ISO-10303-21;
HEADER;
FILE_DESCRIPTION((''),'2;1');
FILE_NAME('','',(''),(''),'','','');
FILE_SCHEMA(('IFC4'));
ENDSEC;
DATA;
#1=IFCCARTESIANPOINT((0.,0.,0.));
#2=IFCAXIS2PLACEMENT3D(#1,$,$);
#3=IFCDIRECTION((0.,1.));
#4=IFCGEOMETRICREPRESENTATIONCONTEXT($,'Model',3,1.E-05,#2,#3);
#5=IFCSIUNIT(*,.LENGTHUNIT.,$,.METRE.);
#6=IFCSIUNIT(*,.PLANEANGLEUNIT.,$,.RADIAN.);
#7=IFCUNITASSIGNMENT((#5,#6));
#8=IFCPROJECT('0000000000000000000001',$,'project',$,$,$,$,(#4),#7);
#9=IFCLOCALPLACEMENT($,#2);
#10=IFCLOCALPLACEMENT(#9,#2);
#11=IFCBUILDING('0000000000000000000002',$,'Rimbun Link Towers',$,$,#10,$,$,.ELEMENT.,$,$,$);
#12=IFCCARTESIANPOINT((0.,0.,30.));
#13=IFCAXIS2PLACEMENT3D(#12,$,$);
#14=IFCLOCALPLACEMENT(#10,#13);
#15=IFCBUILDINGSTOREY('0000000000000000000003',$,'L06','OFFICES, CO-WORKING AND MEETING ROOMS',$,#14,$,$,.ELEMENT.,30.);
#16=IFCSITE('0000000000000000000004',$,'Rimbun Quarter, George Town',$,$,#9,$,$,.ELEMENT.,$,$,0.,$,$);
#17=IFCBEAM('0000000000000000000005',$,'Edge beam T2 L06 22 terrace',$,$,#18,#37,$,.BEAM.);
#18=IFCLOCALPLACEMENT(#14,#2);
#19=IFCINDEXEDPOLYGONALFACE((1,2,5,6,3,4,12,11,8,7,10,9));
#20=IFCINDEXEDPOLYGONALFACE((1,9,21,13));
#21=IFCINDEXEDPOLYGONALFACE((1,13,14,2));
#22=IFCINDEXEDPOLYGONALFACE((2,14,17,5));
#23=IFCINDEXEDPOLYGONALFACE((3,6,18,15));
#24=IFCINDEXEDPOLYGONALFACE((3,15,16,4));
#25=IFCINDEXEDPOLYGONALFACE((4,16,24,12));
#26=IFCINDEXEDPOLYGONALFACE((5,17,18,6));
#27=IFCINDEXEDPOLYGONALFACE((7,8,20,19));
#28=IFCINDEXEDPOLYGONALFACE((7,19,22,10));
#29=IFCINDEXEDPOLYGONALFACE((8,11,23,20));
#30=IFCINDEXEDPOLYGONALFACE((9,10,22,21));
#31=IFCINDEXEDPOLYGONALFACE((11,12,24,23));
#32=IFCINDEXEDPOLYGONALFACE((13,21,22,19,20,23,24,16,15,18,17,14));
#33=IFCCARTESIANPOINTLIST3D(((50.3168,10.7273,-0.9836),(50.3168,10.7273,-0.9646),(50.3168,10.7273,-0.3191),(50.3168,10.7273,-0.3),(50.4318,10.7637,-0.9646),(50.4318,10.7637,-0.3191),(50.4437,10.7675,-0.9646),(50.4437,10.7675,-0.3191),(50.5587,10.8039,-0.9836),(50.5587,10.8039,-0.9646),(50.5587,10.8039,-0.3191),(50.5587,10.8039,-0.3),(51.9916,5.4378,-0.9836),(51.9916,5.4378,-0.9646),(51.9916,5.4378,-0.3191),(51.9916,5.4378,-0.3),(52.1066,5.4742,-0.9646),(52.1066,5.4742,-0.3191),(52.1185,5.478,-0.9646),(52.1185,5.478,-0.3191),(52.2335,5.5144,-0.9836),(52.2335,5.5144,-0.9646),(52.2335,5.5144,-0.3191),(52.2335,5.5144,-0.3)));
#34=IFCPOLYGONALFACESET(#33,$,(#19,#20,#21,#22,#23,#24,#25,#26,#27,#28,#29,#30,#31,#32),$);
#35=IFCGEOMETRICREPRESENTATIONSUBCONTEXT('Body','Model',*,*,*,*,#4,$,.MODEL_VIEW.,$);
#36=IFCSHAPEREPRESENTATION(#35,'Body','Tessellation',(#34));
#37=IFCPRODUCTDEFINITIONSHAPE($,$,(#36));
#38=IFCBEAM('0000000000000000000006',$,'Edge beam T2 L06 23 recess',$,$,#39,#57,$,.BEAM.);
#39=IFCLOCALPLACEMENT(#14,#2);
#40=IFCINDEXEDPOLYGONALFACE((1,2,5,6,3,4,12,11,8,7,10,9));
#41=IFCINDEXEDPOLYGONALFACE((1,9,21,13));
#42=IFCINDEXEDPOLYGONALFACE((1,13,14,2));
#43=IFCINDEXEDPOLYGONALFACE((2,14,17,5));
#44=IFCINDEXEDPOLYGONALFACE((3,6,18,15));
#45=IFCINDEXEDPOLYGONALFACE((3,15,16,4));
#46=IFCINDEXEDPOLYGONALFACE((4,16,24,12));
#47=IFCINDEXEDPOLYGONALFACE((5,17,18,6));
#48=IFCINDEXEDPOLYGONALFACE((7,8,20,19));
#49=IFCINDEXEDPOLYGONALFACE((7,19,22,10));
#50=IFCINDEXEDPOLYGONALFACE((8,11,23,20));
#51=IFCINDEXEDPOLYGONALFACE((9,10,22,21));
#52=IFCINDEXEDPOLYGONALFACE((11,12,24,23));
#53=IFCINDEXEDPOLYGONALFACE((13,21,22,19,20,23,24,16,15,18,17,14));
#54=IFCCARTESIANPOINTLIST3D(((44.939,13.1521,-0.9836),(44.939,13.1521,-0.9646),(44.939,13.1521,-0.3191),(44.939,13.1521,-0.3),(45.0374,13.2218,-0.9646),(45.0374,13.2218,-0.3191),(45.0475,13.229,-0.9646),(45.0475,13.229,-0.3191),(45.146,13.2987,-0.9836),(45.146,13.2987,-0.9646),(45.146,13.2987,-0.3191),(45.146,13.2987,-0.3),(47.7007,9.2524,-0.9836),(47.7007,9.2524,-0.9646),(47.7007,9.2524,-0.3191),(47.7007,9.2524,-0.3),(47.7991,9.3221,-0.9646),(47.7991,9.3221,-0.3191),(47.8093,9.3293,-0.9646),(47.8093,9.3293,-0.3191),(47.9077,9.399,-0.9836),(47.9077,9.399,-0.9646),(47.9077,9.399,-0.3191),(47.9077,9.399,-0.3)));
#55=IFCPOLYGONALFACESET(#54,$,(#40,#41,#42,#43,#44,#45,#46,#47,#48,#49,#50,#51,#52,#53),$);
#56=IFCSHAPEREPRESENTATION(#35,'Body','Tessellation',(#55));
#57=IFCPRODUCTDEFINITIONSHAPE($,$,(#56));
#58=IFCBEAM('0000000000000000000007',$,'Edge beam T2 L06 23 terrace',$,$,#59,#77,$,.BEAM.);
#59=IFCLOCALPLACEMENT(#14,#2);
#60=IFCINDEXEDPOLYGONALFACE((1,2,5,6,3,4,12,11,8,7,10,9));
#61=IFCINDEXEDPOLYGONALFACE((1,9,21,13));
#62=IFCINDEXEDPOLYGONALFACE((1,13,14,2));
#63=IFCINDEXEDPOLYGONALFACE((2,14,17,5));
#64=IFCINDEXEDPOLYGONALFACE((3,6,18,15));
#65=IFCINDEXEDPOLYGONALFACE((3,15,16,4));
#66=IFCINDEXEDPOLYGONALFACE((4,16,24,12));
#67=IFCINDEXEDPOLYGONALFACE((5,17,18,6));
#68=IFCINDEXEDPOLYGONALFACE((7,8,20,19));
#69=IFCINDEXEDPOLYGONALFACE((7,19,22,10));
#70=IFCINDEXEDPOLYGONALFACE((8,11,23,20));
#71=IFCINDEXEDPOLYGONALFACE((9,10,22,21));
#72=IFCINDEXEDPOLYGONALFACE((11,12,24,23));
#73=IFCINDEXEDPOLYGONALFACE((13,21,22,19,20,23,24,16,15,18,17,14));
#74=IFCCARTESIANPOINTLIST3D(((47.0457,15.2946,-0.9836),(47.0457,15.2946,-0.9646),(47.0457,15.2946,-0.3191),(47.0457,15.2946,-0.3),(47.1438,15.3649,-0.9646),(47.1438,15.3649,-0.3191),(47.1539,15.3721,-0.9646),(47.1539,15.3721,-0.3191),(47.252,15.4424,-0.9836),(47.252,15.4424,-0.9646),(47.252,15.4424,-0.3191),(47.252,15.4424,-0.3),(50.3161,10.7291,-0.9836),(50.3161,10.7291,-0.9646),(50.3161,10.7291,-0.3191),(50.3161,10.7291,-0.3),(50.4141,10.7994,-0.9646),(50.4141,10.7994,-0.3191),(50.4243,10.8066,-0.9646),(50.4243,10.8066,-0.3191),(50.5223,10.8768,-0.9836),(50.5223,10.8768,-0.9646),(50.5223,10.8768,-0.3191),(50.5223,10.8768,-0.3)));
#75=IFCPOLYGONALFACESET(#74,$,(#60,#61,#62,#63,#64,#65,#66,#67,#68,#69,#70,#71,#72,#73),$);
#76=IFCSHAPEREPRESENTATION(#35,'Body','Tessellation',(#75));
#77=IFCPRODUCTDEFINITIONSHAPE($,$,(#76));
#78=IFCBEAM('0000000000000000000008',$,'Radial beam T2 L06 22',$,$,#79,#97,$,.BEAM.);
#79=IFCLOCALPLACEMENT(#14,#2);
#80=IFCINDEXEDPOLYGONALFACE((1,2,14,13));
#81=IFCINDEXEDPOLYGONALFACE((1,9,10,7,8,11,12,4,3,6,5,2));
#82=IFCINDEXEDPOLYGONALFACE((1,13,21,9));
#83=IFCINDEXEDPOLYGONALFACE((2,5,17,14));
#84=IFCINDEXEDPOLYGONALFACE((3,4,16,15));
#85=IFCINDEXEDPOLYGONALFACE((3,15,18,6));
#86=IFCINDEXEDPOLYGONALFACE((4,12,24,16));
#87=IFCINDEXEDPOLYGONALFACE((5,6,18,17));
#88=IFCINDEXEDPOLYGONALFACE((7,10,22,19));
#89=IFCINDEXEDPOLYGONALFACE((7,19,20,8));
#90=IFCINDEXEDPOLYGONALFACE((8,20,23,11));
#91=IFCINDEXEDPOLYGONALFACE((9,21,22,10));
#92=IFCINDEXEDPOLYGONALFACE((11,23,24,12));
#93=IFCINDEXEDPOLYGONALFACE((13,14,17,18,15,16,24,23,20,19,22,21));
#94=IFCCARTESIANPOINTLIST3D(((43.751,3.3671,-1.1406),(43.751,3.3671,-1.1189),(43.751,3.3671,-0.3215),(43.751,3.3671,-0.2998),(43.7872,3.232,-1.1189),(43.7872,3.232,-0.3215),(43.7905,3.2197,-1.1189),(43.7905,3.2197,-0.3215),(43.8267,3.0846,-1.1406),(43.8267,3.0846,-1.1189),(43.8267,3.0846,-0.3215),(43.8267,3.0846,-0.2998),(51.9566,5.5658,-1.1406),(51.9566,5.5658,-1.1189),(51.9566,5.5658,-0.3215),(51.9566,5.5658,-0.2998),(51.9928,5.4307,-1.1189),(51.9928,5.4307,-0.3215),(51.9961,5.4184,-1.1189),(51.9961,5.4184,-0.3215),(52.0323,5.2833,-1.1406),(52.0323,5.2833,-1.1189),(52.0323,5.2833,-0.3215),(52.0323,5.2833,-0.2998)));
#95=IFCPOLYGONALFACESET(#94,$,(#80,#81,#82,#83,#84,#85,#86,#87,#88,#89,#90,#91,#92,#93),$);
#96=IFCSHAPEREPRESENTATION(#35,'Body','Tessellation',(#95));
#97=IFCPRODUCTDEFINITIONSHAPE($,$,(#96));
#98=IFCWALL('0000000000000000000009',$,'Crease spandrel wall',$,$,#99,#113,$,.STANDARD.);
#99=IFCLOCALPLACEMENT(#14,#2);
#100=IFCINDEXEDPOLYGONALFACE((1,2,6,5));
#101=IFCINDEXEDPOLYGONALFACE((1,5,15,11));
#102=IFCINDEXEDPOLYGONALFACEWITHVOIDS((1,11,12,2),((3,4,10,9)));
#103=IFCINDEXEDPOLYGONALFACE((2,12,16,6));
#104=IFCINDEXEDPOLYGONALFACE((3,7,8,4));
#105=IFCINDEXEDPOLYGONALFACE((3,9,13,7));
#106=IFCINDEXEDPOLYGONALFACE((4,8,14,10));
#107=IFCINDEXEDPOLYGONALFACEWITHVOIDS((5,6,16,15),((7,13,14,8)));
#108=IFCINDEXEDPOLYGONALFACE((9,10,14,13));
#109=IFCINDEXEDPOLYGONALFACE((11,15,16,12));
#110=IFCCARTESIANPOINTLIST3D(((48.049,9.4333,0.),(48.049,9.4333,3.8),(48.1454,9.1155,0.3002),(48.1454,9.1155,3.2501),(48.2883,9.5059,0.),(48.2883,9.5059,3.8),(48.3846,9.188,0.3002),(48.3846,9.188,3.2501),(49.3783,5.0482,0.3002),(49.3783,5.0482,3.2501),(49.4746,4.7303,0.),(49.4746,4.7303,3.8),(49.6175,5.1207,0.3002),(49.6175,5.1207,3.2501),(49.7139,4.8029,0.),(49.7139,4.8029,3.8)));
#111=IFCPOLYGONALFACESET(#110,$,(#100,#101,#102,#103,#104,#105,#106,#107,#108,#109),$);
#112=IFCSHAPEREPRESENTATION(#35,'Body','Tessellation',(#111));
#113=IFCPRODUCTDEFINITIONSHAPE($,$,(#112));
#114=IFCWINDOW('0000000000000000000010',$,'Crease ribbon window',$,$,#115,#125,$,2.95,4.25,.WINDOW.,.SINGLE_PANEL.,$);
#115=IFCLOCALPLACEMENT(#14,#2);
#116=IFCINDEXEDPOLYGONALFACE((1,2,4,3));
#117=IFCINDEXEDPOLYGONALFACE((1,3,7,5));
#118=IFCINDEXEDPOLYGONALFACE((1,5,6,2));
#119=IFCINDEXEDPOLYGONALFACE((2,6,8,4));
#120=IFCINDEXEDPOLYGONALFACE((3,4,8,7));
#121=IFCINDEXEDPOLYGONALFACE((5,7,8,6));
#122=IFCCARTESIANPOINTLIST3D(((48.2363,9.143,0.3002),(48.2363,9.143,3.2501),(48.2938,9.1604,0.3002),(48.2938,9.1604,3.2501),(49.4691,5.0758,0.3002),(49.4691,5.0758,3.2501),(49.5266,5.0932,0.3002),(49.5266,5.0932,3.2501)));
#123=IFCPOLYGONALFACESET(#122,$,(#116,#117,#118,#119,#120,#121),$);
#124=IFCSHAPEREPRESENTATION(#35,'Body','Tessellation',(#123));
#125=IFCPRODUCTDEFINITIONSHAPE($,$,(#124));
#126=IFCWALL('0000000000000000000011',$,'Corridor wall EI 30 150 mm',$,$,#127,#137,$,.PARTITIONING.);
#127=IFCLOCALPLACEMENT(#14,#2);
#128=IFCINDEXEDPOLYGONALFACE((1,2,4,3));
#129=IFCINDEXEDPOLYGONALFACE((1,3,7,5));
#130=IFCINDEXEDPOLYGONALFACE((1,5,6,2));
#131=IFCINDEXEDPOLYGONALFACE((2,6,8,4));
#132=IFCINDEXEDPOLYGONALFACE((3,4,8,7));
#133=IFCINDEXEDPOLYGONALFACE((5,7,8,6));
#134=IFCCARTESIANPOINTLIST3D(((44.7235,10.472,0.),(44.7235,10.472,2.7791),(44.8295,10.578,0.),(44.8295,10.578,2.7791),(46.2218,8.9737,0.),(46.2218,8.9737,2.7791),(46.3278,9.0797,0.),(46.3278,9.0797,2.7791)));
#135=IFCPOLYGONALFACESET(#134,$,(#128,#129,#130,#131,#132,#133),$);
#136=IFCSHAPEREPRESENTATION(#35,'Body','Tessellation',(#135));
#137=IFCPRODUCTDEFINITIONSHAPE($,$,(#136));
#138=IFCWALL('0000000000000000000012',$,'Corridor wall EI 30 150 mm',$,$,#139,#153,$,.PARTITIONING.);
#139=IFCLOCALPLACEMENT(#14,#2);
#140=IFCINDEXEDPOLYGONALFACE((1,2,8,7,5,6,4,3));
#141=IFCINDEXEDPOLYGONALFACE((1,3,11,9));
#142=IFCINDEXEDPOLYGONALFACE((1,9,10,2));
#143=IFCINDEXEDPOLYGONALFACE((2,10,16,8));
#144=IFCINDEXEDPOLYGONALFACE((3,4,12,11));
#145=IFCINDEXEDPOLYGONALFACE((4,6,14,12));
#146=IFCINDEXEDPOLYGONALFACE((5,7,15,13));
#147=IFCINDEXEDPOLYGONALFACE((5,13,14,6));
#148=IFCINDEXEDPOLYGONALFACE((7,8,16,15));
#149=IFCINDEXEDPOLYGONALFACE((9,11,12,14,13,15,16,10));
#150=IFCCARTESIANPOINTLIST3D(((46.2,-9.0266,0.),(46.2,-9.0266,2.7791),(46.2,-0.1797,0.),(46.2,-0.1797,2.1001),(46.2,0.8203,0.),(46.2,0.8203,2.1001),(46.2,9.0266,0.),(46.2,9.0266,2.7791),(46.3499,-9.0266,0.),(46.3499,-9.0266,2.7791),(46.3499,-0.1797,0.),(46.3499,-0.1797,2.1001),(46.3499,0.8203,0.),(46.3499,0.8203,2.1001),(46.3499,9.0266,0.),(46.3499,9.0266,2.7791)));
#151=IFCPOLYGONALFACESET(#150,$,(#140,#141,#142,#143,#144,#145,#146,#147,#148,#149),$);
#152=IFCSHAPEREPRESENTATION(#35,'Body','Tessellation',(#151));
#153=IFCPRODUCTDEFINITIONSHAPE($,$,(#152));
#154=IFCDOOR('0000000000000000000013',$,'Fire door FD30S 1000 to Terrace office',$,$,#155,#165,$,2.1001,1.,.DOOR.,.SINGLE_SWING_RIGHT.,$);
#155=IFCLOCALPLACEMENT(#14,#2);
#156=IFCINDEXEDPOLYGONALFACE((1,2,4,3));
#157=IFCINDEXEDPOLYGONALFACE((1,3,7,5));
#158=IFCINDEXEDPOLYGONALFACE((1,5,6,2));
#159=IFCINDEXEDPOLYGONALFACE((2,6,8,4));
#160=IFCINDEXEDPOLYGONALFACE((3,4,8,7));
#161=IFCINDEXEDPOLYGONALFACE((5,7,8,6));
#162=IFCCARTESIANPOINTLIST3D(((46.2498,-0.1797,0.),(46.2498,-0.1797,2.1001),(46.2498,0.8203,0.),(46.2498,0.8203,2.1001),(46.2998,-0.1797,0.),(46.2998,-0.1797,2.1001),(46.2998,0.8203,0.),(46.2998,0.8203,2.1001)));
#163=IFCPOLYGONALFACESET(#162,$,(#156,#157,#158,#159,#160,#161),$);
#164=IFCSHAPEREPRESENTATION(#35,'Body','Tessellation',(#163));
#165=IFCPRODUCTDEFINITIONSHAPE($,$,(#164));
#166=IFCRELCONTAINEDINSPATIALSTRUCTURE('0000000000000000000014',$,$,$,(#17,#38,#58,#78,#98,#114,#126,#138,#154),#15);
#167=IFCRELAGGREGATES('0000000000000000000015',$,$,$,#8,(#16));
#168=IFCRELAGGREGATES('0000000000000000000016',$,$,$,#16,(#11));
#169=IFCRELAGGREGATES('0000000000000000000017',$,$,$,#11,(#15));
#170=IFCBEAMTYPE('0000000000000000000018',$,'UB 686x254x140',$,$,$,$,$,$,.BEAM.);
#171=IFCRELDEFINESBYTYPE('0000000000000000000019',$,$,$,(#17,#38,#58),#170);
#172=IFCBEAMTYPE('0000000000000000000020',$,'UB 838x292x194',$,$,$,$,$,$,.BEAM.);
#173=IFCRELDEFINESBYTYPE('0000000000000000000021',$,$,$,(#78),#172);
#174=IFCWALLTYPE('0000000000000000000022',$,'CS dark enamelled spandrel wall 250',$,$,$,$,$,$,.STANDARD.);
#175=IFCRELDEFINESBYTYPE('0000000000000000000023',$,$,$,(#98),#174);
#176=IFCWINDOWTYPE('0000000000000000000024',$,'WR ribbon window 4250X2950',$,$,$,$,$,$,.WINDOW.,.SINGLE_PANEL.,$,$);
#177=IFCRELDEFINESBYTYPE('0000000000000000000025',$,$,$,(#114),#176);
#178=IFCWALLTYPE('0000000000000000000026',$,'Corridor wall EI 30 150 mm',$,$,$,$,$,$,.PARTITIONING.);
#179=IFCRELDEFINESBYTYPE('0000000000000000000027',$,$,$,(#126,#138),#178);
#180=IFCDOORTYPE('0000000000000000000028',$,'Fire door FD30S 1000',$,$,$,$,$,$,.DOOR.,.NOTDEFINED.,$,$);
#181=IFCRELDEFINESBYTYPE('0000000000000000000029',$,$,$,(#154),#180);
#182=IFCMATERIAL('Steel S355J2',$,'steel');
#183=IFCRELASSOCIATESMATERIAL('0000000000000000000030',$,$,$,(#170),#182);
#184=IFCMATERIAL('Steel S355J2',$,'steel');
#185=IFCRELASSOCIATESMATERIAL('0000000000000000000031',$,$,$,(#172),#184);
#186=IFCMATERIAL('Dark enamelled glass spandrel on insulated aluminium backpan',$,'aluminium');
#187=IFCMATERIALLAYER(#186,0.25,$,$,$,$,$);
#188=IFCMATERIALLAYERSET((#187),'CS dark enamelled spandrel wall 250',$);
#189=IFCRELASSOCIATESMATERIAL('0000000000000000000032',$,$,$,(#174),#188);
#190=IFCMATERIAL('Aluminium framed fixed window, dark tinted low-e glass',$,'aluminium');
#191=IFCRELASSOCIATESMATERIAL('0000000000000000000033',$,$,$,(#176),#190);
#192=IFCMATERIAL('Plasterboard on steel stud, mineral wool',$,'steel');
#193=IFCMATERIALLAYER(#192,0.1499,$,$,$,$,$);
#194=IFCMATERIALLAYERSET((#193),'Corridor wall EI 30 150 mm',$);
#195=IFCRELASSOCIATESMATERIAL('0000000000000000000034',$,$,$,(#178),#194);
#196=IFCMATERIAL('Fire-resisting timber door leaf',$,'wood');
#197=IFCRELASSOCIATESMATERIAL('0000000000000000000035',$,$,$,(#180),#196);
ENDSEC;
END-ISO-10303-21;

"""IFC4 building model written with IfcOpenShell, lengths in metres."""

from ifc_helpers import new_model, si_unit, direction, frame, frame_2d, origin, origin_2d, place, context, subcontext, project, spatial, rectangle, i_section, extrude, material, layer, layer_set, material_profile, profile_set, type_object, element, fill, save


model = new_model("IFC4")

# Units and contexts
model_context = context("Model", 3, precision=1e-05, world=origin(), true_north=direction((0.0, 1.0)))
body_context = subcontext(model_context, "Body", "Model", "MODEL_VIEW")
ifc_project = project(units=[si_unit("LENGTHUNIT", "METRE"), si_unit("PLANEANGLEUNIT", "RADIAN")], contexts=[model_context])

# Site, building, storey
site_placement = place(None, origin())
site = spatial("IfcSite", under=ifc_project, at=site_placement, Name="Rimbun Quarter, George Town", CompositionType="ELEMENT", RefElevation=0.0)
building_placement = place(site_placement, origin())
building = spatial("IfcBuilding", under=site, at=building_placement, Name="Rimbun Link Towers", CompositionType="ELEMENT")
storey_placement = place(building_placement, frame((0.0, 0.0, 30.0)))
storey = spatial("IfcBuildingStorey", under=building, at=storey_placement, Name="L06", Description="OFFICES, CO-WORKING AND MEETING ROOMS", CompositionType="ELEMENT", Elevation=30.0)

# Beams
ifc_material_1 = material(Name="Steel S355J2", Category="steel")
ifc_material_profile_1 = material_profile(ifc_material_1, i_section(OverallWidth=0.2537, OverallDepth=0.6836, WebThickness=0.0125, FlangeThickness=0.019, at=origin_2d()), Name="UB 686x254x140")
ifc_profile_set_1 = profile_set([ifc_material_profile_1], Name="Steel S355J2")
beam_type_1 = type_object("IfcBeamType", Name="UB 686x254x140", PredefinedType="BEAM", material=ifc_profile_set_1)
beam_1_placement = place(storey_placement, frame((52.1125, 5.4761, -0.6418), z_axis=(-0.301856, 0.953354, 0.0), x_axis=(-0.953354, -0.301856, 0.0)))
element("IfcBeam", 1, at=beam_1_placement, inside=storey, type_object=beam_type_1, Name="Edge beam T2 L06 22 terrace", PredefinedType="BEAM", context=body_context, shape_type="SweptSolid", body=[
    extrude(i_section(OverallWidth=0.2537, OverallDepth=0.6836, WebThickness=0.0125, FlangeThickness=0.019, at=origin_2d()), origin(), (0.0, 0.0, 1.0), 5.5483),
])
beam_2_placement = place(storey_placement, frame((47.8042, 9.3257, -0.6418), z_axis=(-0.577942, 0.816078, 0.0), x_axis=(-0.816078, -0.577942, 0.0)))
element("IfcBeam", 2, at=beam_2_placement, inside=storey, type_object=beam_type_1, Name="Edge beam T2 L06 23 recess", PredefinedType="BEAM", context=body_context, shape_type="SweptSolid", body=[
    extrude(i_section(OverallWidth=0.2537, OverallDepth=0.6836, WebThickness=0.0125, FlangeThickness=0.019, at=origin_2d()), origin(), (0.0, 0.0, 1.0), 4.7786),
])
beam_3_placement = place(storey_placement, frame((50.4192, 10.803, -0.6418), z_axis=(-0.582327, 0.812954, 0.0), x_axis=(-0.812954, -0.582327, 0.0)))
element("IfcBeam", 3, at=beam_3_placement, inside=storey, type_object=beam_type_1, Name="Edge beam T2 L06 23 terrace", PredefinedType="BEAM", context=body_context, shape_type="SweptSolid", body=[
    extrude(i_section(OverallWidth=0.2537, OverallDepth=0.6836, WebThickness=0.0125, FlangeThickness=0.019, at=origin_2d()), origin(), (0.0, 0.0, 1.0), 5.616),
])
ifc_material_2 = material(Name="Steel S355J2", Category="steel")
ifc_material_profile_2 = material_profile(ifc_material_2, i_section(OverallWidth=0.2925, OverallDepth=0.8408, WebThickness=0.0127, FlangeThickness=0.0217, at=origin_2d()), Name="UB 838x292x194")
ifc_profile_set_2 = profile_set([ifc_material_profile_2], Name="Steel S355J2")
beam_type_2 = type_object("IfcBeamType", Name="UB 838x292x194", PredefinedType="BEAM", material=ifc_profile_set_2)
beam_4_placement = place(storey_placement, frame((43.7888, 3.2258, -0.7202), z_axis=(0.965924, 0.258825, 0.0), x_axis=(-0.258825, 0.965924, 0.0)))
element("IfcBeam", 4, at=beam_4_placement, inside=storey, type_object=beam_type_2, Name="Radial beam T2 L06 22", PredefinedType="BEAM", context=body_context, shape_type="SweptSolid", body=[
    extrude(i_section(OverallWidth=0.2925, OverallDepth=0.8408, WebThickness=0.0127, FlangeThickness=0.0217, at=origin_2d()), origin(), (0.0, 0.0, 1.0), 8.4951),
])

# Shared definitions
ifc_material_3 = material(Name="Dark enamelled glass spandrel on insulated aluminium backpan", Category="aluminium")
ifc_layer_1 = layer(ifc_material_3, 0.25)
ifc_layer_set_1 = layer_set([ifc_layer_1], Name="CS dark enamelled spandrel wall 250")
wall_type_1 = type_object("IfcWallType", Name="CS dark enamelled spandrel wall 250", PredefinedType="STANDARD", material=ifc_layer_set_1)

# Wall, opening, window
wall_1_placement = place(storey_placement, frame((48.1687, 9.4695, 0.0), z_axis=(0.0, 0.0, 1.0), x_axis=(0.290086, -0.957001, 0.0)))
wall_1 = element("IfcWall", 5, at=wall_1_placement, inside=storey, type_object=wall_type_1, Name="Crease spandrel wall", PredefinedType="STANDARD", context=body_context, shape_type="SweptSolid", body=[
    extrude(rectangle(XDim=4.9143, YDim=0.25, at=frame_2d((2.457, 0.0))), origin(), (0.0, 0.0, 1.0), 3.8),
])
opening_1_placement = place(wall_1_placement, frame((0.332, 0.0, 0.3)))
opening_1 = element("IfcOpeningElement", 6, at=opening_1_placement, cuts=wall_1, PredefinedType="OPENING", context=body_context, shape_type="SweptSolid", body=[
    extrude(rectangle(XDim=4.25, YDim=2.95, at=frame_2d((2.125, 1.4751))), frame((0.0, 0.135, 0.0), z_axis=(0.0, -1.0, 0.0), x_axis=(1.0, 0.0, 0.0)), (0.0, 0.0, 1.0), 0.27),
])
ifc_material_4 = material(Name="Aluminium framed fixed window, dark tinted low-e glass", Category="aluminium")
window_type_1 = type_object("IfcWindowType", Name="WR ribbon window 4250X2950", PartitioningType="SINGLE_PANEL", PredefinedType="WINDOW", material=ifc_material_4)
window_1_placement = place(opening_1_placement, origin())
window_1 = element("IfcWindow", 7, at=window_1_placement, inside=storey, type_object=window_type_1, Name="Crease ribbon window", OverallHeight=2.95, OverallWidth=4.25, PartitioningType="SINGLE_PANEL", PredefinedType="WINDOW", context=body_context, shape_type="SweptSolid", body=[
    extrude(rectangle(XDim=4.25, YDim=2.95, at=frame_2d((2.125, 1.4751))), frame((0.0, 0.03, 0.0), z_axis=(0.0, -1.0, 0.0), x_axis=(1.0, 0.0, 0.0)), (0.0, 0.0, 1.0), 0.0601),
])
fill(opening_1, window_1)

# Wall
ifc_material_5 = material(Name="Plasterboard on steel stud, mineral wool", Category="steel")
ifc_layer_2 = layer(ifc_material_5, 0.1499)
ifc_layer_set_2 = layer_set([ifc_layer_2], Name="Corridor wall EI 30 150 mm")
wall_type_2 = type_object("IfcWallType", Name="Corridor wall EI 30 150 mm", PredefinedType="PARTITIONING", material=ifc_layer_set_2)
wall_2_placement = place(storey_placement, frame((46.2749, 9.0266, 0.0), z_axis=(0.0, 0.0, 1.0), x_axis=(-0.707107, 0.707107, 0.0)))
element("IfcWall", 8, at=wall_2_placement, inside=storey, type_object=wall_type_2, Name="Corridor wall EI 30 150 mm", PredefinedType="PARTITIONING", context=body_context, shape_type="SweptSolid", body=[
    extrude(rectangle(XDim=2.1189, YDim=0.1499, at=frame_2d((1.0596, 0.0))), origin(), (0.0, 0.0, 1.0), 2.7791),
])

# Wall, opening, door
wall_3_placement = place(storey_placement, frame((46.2749, 9.0266, 0.0), z_axis=(0.0, 0.0, 1.0), x_axis=(0.0, -1.0, 0.0)))
wall_3 = element("IfcWall", 9, at=wall_3_placement, inside=storey, type_object=wall_type_2, Name="Corridor wall EI 30 150 mm", PredefinedType="PARTITIONING", context=body_context, shape_type="SweptSolid", body=[
    extrude(rectangle(XDim=18.0532, YDim=0.1499, at=frame_2d((9.0266, 0.0))), origin(), (0.0, 0.0, 1.0), 2.7791),
])
opening_2_placement = place(wall_3_placement, frame((8.2063, 0.0, 0.0)))
opening_2 = element("IfcOpeningElement", 10, at=opening_2_placement, cuts=wall_3, PredefinedType="OPENING", context=body_context, shape_type="SweptSolid", body=[
    extrude(rectangle(XDim=1.0, YDim=2.1001, at=frame_2d((0.5, 1.05))), frame((0.0, 0.085, 0.0), z_axis=(0.0, -1.0, 0.0), x_axis=(1.0, 0.0, 0.0)), (0.0, 0.0, 1.0), 0.1699),
])
ifc_material_6 = material(Name="Fire-resisting timber door leaf", Category="wood")
door_type_1 = type_object("IfcDoorType", Name="Fire door FD30S 1000", OperationType="NOTDEFINED", PredefinedType="DOOR", material=ifc_material_6)
door_1_placement = place(opening_2_placement, origin())
door_1 = element("IfcDoor", 11, at=door_1_placement, inside=storey, type_object=door_type_1, Name="Fire door FD30S 1000 to Terrace office", OperationType="SINGLE_SWING_RIGHT", OverallHeight=2.1001, OverallWidth=1.0, PredefinedType="DOOR", context=body_context, shape_type="SweptSolid", body=[
    extrude(rectangle(XDim=1.0, YDim=2.1001, at=frame_2d((0.5, 1.05))), frame((0.0, 0.0249, 0.0), z_axis=(0.0, -1.0, 0.0), x_axis=(1.0, 0.0, 0.0)), (0.0, 0.0, 1.0), 0.05),
])
fill(opening_2, door_1)

save(model, "model.ifc")
